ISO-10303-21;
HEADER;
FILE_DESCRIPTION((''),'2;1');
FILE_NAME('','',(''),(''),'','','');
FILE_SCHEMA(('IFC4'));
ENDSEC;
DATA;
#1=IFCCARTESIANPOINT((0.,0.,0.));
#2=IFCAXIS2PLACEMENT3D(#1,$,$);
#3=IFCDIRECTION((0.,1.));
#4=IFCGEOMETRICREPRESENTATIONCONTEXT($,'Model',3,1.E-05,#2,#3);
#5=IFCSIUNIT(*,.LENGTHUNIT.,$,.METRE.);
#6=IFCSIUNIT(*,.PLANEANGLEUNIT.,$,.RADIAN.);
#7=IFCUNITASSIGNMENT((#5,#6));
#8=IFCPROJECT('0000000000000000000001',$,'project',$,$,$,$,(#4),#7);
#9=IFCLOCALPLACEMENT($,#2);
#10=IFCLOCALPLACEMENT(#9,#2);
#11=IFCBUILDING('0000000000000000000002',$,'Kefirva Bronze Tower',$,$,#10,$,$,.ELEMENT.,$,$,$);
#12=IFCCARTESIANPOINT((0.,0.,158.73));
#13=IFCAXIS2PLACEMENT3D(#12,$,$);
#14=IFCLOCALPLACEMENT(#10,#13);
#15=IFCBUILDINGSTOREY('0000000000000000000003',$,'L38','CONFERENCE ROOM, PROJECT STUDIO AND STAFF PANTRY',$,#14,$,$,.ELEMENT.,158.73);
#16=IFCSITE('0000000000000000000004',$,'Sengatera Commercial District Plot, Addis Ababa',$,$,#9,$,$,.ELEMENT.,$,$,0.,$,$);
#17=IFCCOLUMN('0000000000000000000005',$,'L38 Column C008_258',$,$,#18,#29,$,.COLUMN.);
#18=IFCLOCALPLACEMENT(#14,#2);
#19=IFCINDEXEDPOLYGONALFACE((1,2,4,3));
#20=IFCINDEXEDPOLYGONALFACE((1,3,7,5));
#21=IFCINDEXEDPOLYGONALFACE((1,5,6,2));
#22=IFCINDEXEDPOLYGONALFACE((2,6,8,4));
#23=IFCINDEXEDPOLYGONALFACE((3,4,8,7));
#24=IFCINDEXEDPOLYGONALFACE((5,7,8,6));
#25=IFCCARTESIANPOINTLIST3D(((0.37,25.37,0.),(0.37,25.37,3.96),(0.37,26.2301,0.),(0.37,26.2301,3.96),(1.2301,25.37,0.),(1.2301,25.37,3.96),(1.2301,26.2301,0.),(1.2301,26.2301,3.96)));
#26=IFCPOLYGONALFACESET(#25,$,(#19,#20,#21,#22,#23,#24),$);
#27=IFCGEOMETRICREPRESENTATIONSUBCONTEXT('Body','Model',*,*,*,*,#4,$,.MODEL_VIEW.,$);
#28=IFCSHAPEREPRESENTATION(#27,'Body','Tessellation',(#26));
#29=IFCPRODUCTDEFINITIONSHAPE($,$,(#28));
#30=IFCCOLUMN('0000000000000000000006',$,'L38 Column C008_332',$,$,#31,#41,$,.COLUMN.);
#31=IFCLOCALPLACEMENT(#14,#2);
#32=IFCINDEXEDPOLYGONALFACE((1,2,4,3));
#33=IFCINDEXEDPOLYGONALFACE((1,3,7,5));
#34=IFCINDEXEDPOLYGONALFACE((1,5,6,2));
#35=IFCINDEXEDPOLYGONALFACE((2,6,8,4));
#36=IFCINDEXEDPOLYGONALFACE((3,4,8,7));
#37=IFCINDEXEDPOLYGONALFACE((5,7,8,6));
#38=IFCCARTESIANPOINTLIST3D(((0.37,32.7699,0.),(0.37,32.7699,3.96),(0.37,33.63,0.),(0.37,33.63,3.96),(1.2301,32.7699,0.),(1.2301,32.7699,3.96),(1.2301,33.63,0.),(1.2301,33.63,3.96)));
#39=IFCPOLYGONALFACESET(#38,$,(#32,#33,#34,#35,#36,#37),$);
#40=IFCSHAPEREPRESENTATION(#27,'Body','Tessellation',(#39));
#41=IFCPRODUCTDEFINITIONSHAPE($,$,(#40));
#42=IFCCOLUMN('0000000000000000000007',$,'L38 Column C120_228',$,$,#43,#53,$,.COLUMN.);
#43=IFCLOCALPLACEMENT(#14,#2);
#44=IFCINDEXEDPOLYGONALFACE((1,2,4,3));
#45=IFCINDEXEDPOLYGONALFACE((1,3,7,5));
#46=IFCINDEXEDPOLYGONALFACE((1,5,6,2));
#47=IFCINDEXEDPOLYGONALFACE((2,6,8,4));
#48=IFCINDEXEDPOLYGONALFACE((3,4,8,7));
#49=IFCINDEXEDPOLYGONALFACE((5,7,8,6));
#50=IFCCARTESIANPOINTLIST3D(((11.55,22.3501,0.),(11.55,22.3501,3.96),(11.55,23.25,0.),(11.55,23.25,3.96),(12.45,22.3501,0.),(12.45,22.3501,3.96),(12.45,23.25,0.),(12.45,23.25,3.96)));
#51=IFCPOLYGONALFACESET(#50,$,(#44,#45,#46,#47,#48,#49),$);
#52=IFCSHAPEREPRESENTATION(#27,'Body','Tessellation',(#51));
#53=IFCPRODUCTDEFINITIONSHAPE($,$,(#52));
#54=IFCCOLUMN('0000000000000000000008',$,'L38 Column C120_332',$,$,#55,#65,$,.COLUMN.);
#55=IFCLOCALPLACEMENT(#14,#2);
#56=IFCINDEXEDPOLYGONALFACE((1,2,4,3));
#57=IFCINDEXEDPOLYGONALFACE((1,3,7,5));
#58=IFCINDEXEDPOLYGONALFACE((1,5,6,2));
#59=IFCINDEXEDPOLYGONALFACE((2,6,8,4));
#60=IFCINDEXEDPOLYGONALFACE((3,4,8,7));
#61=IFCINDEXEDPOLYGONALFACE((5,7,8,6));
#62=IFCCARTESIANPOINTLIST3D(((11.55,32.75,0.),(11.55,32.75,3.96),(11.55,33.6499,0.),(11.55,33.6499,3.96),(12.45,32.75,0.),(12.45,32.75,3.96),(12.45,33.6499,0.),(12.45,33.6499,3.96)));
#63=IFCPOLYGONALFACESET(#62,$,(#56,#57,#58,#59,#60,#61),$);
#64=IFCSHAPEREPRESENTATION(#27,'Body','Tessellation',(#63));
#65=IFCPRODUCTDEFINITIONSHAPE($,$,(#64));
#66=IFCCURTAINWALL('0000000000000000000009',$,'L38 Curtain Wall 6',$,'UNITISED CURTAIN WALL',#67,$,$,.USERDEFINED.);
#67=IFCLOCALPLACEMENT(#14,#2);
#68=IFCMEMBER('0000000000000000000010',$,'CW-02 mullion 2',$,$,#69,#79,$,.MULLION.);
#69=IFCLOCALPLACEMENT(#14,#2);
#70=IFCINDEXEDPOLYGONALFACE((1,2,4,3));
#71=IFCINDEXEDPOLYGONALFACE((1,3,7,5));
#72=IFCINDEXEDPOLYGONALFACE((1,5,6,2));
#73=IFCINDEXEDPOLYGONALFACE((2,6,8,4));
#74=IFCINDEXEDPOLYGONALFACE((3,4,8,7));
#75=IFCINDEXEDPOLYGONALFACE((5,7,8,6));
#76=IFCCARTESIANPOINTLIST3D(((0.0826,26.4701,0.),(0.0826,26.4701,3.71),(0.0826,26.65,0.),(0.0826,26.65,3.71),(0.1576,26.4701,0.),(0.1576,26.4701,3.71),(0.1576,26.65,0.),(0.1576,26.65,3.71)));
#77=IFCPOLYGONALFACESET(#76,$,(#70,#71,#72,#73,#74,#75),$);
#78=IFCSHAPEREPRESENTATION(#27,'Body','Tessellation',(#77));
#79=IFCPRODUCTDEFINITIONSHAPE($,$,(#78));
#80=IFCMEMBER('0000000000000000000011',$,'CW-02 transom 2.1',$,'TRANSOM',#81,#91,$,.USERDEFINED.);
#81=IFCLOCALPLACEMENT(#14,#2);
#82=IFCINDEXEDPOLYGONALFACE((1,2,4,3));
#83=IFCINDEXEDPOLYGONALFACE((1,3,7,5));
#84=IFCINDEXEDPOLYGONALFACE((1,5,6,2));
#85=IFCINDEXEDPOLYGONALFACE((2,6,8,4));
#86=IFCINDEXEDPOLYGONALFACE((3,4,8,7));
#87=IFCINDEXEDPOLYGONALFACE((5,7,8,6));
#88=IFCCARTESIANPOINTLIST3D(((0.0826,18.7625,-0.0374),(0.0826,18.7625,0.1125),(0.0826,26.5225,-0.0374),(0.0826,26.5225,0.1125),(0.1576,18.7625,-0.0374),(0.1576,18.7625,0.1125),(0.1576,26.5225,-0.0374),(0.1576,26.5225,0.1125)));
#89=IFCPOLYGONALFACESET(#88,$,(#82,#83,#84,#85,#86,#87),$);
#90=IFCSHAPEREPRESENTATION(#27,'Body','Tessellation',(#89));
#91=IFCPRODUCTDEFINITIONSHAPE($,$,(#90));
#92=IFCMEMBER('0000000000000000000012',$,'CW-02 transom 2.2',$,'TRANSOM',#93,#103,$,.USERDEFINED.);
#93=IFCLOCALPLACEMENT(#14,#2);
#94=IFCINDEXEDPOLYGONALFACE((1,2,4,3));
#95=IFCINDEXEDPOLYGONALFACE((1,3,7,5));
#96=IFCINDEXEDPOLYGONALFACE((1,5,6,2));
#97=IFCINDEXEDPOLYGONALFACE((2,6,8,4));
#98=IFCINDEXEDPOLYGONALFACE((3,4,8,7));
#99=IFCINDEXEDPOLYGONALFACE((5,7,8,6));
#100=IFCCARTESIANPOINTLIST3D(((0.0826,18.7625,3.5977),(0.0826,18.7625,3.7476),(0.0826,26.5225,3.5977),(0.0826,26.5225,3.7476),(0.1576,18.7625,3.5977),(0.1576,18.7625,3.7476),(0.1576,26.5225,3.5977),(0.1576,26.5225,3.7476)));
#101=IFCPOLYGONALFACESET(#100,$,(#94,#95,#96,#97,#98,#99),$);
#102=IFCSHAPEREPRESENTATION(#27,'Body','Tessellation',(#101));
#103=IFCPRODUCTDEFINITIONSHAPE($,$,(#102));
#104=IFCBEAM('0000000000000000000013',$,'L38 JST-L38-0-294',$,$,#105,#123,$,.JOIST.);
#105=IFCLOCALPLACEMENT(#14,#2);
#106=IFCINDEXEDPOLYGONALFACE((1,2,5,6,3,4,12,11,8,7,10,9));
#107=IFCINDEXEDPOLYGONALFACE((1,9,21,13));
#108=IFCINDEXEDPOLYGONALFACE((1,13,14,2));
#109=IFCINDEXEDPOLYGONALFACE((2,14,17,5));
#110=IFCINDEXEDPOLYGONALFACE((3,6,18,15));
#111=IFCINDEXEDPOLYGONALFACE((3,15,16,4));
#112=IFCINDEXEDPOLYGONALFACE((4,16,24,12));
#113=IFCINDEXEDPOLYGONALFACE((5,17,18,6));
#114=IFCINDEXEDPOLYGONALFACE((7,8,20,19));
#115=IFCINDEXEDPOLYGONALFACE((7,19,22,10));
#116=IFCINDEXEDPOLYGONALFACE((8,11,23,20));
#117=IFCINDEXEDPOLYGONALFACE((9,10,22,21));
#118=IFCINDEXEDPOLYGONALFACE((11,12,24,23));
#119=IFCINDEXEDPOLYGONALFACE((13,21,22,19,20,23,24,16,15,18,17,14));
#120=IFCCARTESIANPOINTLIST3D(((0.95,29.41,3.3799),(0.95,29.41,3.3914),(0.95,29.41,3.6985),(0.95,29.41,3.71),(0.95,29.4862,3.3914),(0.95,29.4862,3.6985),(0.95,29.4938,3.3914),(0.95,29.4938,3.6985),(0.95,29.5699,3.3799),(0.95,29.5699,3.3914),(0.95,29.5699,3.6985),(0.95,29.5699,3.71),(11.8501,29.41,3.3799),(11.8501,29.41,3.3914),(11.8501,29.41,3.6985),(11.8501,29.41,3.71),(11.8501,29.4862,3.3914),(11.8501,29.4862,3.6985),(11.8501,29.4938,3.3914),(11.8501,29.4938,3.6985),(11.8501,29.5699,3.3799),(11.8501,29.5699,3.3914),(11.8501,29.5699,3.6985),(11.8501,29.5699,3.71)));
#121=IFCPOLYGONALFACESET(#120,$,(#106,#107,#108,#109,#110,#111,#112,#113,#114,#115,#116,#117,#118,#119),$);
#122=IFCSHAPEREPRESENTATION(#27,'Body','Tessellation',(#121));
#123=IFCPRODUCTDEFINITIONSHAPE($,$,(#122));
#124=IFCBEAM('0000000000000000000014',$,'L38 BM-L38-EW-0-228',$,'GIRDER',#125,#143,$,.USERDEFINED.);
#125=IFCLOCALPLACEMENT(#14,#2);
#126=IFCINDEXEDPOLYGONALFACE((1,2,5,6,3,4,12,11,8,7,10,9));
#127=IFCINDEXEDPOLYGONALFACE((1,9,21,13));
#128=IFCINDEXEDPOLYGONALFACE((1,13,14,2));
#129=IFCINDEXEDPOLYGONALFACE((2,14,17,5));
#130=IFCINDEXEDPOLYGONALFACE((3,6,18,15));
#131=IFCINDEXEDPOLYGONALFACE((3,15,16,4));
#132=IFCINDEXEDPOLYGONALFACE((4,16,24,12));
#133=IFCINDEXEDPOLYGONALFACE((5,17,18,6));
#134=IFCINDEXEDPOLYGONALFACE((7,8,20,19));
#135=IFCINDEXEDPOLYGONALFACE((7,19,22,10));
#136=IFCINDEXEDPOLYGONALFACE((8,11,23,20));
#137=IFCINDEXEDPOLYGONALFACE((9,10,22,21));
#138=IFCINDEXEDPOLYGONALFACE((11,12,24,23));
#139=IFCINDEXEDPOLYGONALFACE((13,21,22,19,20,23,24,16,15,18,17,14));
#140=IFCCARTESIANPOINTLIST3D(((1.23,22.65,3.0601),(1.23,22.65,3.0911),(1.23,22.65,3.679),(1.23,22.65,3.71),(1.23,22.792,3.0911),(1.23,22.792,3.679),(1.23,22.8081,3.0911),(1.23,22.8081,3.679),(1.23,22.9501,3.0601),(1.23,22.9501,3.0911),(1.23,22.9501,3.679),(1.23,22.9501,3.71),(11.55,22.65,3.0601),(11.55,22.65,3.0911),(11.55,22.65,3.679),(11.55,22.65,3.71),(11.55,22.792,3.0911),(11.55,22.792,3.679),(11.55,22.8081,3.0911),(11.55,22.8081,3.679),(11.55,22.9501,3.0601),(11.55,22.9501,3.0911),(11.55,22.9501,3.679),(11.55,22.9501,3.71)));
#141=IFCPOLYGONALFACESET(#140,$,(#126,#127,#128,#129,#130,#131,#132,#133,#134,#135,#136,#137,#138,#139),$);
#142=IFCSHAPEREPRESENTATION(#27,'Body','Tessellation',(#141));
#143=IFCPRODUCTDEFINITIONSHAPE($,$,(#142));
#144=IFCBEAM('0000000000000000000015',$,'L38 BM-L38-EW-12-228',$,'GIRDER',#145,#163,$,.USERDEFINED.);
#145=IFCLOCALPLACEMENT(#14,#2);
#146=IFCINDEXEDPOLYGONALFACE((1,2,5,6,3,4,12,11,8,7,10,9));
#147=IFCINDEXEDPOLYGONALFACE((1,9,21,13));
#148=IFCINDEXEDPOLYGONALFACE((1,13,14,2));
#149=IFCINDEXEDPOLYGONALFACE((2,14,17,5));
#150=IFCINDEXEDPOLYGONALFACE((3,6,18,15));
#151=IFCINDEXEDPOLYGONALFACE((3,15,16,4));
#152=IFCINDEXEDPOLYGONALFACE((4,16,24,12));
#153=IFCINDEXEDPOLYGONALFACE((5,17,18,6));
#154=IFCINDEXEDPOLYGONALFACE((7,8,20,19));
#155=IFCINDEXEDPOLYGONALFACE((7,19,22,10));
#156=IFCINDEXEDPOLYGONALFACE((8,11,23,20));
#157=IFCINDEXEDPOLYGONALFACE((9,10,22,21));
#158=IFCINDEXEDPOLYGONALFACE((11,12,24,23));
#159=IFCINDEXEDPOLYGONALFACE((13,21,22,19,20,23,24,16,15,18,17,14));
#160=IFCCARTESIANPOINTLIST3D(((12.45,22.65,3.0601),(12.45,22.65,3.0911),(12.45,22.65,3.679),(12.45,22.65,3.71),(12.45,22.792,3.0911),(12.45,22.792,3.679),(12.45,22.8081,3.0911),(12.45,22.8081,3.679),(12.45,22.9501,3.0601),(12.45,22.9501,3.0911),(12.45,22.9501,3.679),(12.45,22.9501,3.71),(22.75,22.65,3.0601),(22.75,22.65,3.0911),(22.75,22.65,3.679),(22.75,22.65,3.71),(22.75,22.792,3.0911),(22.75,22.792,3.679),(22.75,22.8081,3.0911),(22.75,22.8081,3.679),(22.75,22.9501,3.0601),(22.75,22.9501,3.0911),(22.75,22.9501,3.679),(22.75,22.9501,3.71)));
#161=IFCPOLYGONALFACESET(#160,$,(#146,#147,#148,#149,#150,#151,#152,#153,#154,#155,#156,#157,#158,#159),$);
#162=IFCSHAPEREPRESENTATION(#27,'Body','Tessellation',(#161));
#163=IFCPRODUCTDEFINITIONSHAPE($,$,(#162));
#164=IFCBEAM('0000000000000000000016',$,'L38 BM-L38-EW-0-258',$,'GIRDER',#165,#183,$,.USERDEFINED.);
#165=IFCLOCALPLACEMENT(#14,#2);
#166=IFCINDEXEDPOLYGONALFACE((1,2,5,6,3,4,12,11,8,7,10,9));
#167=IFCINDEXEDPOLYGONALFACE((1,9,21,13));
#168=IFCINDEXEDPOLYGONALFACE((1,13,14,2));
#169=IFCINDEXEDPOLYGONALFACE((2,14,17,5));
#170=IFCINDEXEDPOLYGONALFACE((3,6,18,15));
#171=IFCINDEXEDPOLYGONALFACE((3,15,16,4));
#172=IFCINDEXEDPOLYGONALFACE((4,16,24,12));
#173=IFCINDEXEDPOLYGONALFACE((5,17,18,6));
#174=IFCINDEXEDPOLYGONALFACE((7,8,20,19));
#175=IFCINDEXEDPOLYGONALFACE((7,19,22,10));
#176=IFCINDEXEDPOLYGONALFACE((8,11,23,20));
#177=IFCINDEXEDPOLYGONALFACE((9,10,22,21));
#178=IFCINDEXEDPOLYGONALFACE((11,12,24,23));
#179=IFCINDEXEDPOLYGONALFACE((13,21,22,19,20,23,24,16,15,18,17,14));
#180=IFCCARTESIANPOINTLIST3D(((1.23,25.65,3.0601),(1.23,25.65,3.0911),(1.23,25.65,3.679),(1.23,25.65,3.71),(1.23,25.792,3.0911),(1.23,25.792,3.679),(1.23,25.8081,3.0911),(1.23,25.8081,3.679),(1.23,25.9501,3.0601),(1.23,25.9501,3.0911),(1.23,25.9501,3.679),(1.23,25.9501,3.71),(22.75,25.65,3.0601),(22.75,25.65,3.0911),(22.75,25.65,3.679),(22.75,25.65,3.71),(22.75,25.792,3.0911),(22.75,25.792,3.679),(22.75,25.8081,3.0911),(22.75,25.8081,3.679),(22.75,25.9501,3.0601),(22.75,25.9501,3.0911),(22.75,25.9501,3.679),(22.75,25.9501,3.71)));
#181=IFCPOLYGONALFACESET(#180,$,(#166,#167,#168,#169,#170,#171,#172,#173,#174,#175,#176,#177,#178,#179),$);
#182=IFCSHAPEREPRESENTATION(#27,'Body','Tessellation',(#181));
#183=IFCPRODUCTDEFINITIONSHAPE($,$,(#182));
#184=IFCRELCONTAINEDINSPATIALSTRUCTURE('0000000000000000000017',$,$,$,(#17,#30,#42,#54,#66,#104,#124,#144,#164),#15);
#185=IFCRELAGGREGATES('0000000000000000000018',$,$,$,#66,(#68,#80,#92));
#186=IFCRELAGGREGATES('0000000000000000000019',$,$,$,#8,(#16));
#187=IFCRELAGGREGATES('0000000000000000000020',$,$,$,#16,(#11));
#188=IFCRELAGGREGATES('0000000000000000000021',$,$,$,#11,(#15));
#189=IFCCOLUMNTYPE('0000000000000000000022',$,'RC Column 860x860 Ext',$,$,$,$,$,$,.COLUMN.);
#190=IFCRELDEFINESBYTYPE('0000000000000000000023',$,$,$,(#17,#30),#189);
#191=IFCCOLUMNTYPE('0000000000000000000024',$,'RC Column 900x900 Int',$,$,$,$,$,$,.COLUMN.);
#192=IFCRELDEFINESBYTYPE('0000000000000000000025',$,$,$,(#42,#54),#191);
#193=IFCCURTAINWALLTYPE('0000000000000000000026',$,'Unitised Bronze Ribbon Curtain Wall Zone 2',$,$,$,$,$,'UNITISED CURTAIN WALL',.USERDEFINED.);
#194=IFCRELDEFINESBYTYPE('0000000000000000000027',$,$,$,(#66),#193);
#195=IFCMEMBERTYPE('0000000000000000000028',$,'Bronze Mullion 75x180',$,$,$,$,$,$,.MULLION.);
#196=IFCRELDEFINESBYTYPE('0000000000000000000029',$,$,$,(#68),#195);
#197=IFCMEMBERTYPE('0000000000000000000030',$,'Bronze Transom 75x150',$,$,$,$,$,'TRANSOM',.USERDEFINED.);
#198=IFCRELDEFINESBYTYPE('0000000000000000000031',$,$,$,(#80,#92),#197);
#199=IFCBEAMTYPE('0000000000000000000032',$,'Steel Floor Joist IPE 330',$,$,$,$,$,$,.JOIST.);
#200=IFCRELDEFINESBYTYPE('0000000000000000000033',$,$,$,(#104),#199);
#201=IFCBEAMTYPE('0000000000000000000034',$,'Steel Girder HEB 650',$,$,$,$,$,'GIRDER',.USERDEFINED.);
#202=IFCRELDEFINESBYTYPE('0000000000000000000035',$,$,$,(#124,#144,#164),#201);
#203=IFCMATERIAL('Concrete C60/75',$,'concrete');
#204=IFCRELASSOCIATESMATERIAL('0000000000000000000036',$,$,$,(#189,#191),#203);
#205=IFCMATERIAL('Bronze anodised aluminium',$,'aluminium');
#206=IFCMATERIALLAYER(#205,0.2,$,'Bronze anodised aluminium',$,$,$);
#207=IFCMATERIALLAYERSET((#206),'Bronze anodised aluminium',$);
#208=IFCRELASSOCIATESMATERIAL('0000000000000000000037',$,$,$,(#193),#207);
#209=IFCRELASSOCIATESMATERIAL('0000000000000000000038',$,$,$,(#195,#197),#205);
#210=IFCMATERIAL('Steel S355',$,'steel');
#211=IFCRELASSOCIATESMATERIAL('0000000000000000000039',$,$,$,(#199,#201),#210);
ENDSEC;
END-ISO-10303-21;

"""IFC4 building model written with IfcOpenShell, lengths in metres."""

from ifc_helpers import new_model, si_unit, direction, frame, origin, origin_2d, place, context, subcontext, project, spatial, rectangle, i_section, extrude, material, layer, layer_set, material_profile, profile_set, type_object, element, aggregate, save


model = new_model("IFC4")

# Units and contexts
model_context = context("Model", 3, precision=1e-05, world=origin(), true_north=direction((0.0, 1.0)))
body_context = subcontext(model_context, "Body", "Model", "MODEL_VIEW")
ifc_project = project(units=[si_unit("LENGTHUNIT", "METRE"), si_unit("PLANEANGLEUNIT", "RADIAN")], contexts=[model_context])

# Site, building, storey
site_placement = place(None, origin())
site = spatial("IfcSite", under=ifc_project, at=site_placement, Name="Sengatera Commercial District Plot, Addis Ababa", CompositionType="ELEMENT", RefElevation=0.0)
building_placement = place(site_placement, origin())
building = spatial("IfcBuilding", under=site, at=building_placement, Name="Kefirva Bronze Tower", CompositionType="ELEMENT")
storey_placement = place(building_placement, frame((0.0, 0.0, 158.73)))
storey = spatial("IfcBuildingStorey", under=building, at=storey_placement, Name="L38", Description="CONFERENCE ROOM, PROJECT STUDIO AND STAFF PANTRY", CompositionType="ELEMENT", Elevation=158.73)

# Columns
ifc_material_1 = material(Name="Concrete C60/75", Category="concrete")
ifc_material_profile_1 = material_profile(ifc_material_1, rectangle(XDim=0.8601, YDim=0.8601, at=origin_2d()), Name="RC 860x860")
ifc_profile_set_1 = profile_set([ifc_material_profile_1], Name="Concrete C60/75")
column_type_1 = type_object("IfcColumnType", Name="RC Column 860x860 Ext", PredefinedType="COLUMN", material=ifc_profile_set_1)
for number, where, z_axis, x_axis, name in (
    (1, (0.8, 25.8, 0.0), (0.0, 0.0, 1.0), (1.0, 0.0, 0.0), "L38 Column C008_258"),
    (2, (0.8, 33.2, 0.0), (0.0, 0.0, 1.0), (1.0, 0.0, 0.0), "L38 Column C008_332"),
):
    element("IfcColumn", number, at=place(storey_placement, frame(where, z_axis=z_axis, x_axis=x_axis)), inside=storey, type_object=column_type_1, Name=name, PredefinedType="COLUMN", context=body_context, shape_type="SweptSolid", body=[
        extrude(rectangle(XDim=0.8601, YDim=0.8601, at=origin_2d()), origin(), (0.0, 0.0, 1.0), 3.96),
    ])
ifc_material_profile_2 = material_profile(ifc_material_1, rectangle(XDim=0.8999, YDim=0.8999, at=origin_2d()), Name="RC 900x900")
ifc_profile_set_2 = profile_set([ifc_material_profile_2], Name="Concrete C60/75")
column_type_2 = type_object("IfcColumnType", Name="RC Column 900x900 Int", PredefinedType="COLUMN", material=ifc_profile_set_2)
for number, where, z_axis, x_axis, name in (
    (3, (12.0, 22.8, 0.0), (0.0, 0.0, 1.0), (1.0, 0.0, 0.0), "L38 Column C120_228"),
    (4, (12.0, 33.2, 0.0), (0.0, 0.0, 1.0), (1.0, 0.0, 0.0), "L38 Column C120_332"),
):
    element("IfcColumn", number, at=place(storey_placement, frame(where, z_axis=z_axis, x_axis=x_axis)), inside=storey, type_object=column_type_2, Name=name, PredefinedType="COLUMN", context=body_context, shape_type="SweptSolid", body=[
        extrude(rectangle(XDim=0.8999, YDim=0.8999, at=origin_2d()), origin(), (0.0, 0.0, 1.0), 3.96),
    ])

# Curtain wall, members
ifc_material_2 = material(Name="Bronze anodised aluminium", Category="aluminium")
ifc_layer_1 = layer(ifc_material_2, 0.2, Name="Bronze anodised aluminium")
ifc_layer_set_1 = layer_set([ifc_layer_1], Name="Bronze anodised aluminium")
curtain_wall_type = type_object("IfcCurtainWallType", Name="Unitised Bronze Ribbon Curtain Wall Zone 2", ElementType="UNITISED CURTAIN WALL", PredefinedType="USERDEFINED", material=ifc_layer_set_1)
curtain_wall_placement = place(storey_placement, origin())
curtain_wall = element("IfcCurtainWall", 5, at=curtain_wall_placement, inside=storey, type_object=curtain_wall_type, Name="L38 Curtain Wall 6", ObjectType="UNITISED CURTAIN WALL", PredefinedType="USERDEFINED")
ifc_material_profile_3 = material_profile(ifc_material_2, rectangle(XDim=0.075, YDim=0.1799, at=origin_2d()), Name="ALU 75x180")
ifc_profile_set_3 = profile_set([ifc_material_profile_3], Name="Bronze anodised aluminium")
member_type_1 = type_object("IfcMemberType", Name="Bronze Mullion 75x180", PredefinedType="MULLION", material=ifc_profile_set_3)
member_1_placement = place(storey_placement, frame((0.1201, 26.5601, 0.0), z_axis=(0.0, 0.0, 1.0), x_axis=(1.0, 0.0, 0.0)))
member_1 = element("IfcMember", 6, at=member_1_placement, type_object=member_type_1, Name="CW-02 mullion 2", PredefinedType="MULLION", context=body_context, shape_type="SweptSolid", body=[
    extrude(rectangle(XDim=0.075, YDim=0.1799, at=origin_2d()), origin(), (0.0, 0.0, 1.0), 3.71),
])
ifc_material_profile_4 = material_profile(ifc_material_2, rectangle(XDim=0.075, YDim=0.1499, at=origin_2d()), Name="ALU 75x150")
ifc_profile_set_4 = profile_set([ifc_material_profile_4], Name="Bronze anodised aluminium")
member_type_2 = type_object("IfcMemberType", Name="Bronze Transom 75x150", ElementType="TRANSOM", PredefinedType="USERDEFINED", material=ifc_profile_set_4)
member_2_placement = place(storey_placement, frame((0.1201, 26.5225, 0.0376), z_axis=(0.0, -1.0, 0.0), x_axis=(1.0, 0.0, 0.0)))
member_2 = element("IfcMember", 7, at=member_2_placement, type_object=member_type_2, Name="CW-02 transom 2.1", ObjectType="TRANSOM", PredefinedType="USERDEFINED", context=body_context, shape_type="SweptSolid", body=[
    extrude(rectangle(XDim=0.075, YDim=0.1499, at=origin_2d()), origin(), (0.0, 0.0, 1.0), 7.76),
])
member_3_placement = place(storey_placement, frame((0.1201, 26.5225, 3.6726), z_axis=(0.0, -1.0, 0.0), x_axis=(1.0, 0.0, 0.0)))
member_3 = element("IfcMember", 8, at=member_3_placement, type_object=member_type_2, Name="CW-02 transom 2.2", ObjectType="TRANSOM", PredefinedType="USERDEFINED", context=body_context, shape_type="SweptSolid", body=[
    extrude(rectangle(XDim=0.075, YDim=0.1499, at=origin_2d()), origin(), (0.0, 0.0, 1.0), 7.76),
])

# Beams
ifc_material_3 = material(Name="Steel S355", Category="steel")
ifc_material_profile_5 = material_profile(ifc_material_3, i_section(OverallWidth=0.1599, OverallDepth=0.3301, WebThickness=0.0076, FlangeThickness=0.0115, at=origin_2d()), Name="IPE 330")
ifc_profile_set_5 = profile_set([ifc_material_profile_5], Name="Steel S355")
beam_type_1 = type_object("IfcBeamType", Name="Steel Floor Joist IPE 330", PredefinedType="JOIST", material=ifc_profile_set_5)
beam_1_placement = place(storey_placement, frame((0.95, 29.49, 3.5449), z_axis=(1.0, 0.0, 0.0), x_axis=(0.0, 1.0, 0.0)))
element("IfcBeam", 9, at=beam_1_placement, inside=storey, type_object=beam_type_1, Name="L38 JST-L38-0-294", PredefinedType="JOIST", context=body_context, shape_type="SweptSolid", body=[
    extrude(i_section(OverallWidth=0.1599, OverallDepth=0.3301, WebThickness=0.0076, FlangeThickness=0.0115, at=origin_2d()), origin(), (0.0, 0.0, 1.0), 10.9001),
])
ifc_material_profile_6 = material_profile(ifc_material_3, i_section(OverallWidth=0.3, OverallDepth=0.6499, WebThickness=0.0161, FlangeThickness=0.031, at=origin_2d()), Name="HEB 650")
ifc_profile_set_6 = profile_set([ifc_material_profile_6], Name="Steel S355")
beam_type_2 = type_object("IfcBeamType", Name="Steel Girder HEB 650", ElementType="GIRDER", PredefinedType="USERDEFINED", material=ifc_profile_set_6)
beam_2_placement = place(storey_placement, frame((1.23, 22.8, 3.385), z_axis=(1.0, 0.0, 0.0), x_axis=(0.0, 1.0, 0.0)))
element("IfcBeam", 10, at=beam_2_placement, inside=storey, type_object=beam_type_2, Name="L38 BM-L38-EW-0-228", ObjectType="GIRDER", PredefinedType="USERDEFINED", context=body_context, shape_type="SweptSolid", body=[
    extrude(i_section(OverallWidth=0.3, OverallDepth=0.6499, WebThickness=0.0161, FlangeThickness=0.031, at=origin_2d()), origin(), (0.0, 0.0, 1.0), 10.3201),
])
beam_3_placement = place(storey_placement, frame((12.45, 22.8, 3.385), z_axis=(1.0, 0.0, 0.0), x_axis=(0.0, 1.0, 0.0)))
element("IfcBeam", 11, at=beam_3_placement, inside=storey, type_object=beam_type_2, Name="L38 BM-L38-EW-12-228", ObjectType="GIRDER", PredefinedType="USERDEFINED", context=body_context, shape_type="SweptSolid", body=[
    extrude(i_section(OverallWidth=0.3, OverallDepth=0.6499, WebThickness=0.0161, FlangeThickness=0.031, at=origin_2d()), origin(), (0.0, 0.0, 1.0), 10.3),
])
beam_4_placement = place(storey_placement, frame((1.23, 25.8, 3.385), z_axis=(1.0, 0.0, 0.0), x_axis=(0.0, 1.0, 0.0)))
element("IfcBeam", 12, at=beam_4_placement, inside=storey, type_object=beam_type_2, Name="L38 BM-L38-EW-0-258", ObjectType="GIRDER", PredefinedType="USERDEFINED", context=body_context, shape_type="SweptSolid", body=[
    extrude(i_section(OverallWidth=0.3, OverallDepth=0.6499, WebThickness=0.0161, FlangeThickness=0.031, at=origin_2d()), origin(), (0.0, 0.0, 1.0), 21.52),
])

aggregate(curtain_wall, [member_1, member_2, member_3])

save(model, "model.ifc")
